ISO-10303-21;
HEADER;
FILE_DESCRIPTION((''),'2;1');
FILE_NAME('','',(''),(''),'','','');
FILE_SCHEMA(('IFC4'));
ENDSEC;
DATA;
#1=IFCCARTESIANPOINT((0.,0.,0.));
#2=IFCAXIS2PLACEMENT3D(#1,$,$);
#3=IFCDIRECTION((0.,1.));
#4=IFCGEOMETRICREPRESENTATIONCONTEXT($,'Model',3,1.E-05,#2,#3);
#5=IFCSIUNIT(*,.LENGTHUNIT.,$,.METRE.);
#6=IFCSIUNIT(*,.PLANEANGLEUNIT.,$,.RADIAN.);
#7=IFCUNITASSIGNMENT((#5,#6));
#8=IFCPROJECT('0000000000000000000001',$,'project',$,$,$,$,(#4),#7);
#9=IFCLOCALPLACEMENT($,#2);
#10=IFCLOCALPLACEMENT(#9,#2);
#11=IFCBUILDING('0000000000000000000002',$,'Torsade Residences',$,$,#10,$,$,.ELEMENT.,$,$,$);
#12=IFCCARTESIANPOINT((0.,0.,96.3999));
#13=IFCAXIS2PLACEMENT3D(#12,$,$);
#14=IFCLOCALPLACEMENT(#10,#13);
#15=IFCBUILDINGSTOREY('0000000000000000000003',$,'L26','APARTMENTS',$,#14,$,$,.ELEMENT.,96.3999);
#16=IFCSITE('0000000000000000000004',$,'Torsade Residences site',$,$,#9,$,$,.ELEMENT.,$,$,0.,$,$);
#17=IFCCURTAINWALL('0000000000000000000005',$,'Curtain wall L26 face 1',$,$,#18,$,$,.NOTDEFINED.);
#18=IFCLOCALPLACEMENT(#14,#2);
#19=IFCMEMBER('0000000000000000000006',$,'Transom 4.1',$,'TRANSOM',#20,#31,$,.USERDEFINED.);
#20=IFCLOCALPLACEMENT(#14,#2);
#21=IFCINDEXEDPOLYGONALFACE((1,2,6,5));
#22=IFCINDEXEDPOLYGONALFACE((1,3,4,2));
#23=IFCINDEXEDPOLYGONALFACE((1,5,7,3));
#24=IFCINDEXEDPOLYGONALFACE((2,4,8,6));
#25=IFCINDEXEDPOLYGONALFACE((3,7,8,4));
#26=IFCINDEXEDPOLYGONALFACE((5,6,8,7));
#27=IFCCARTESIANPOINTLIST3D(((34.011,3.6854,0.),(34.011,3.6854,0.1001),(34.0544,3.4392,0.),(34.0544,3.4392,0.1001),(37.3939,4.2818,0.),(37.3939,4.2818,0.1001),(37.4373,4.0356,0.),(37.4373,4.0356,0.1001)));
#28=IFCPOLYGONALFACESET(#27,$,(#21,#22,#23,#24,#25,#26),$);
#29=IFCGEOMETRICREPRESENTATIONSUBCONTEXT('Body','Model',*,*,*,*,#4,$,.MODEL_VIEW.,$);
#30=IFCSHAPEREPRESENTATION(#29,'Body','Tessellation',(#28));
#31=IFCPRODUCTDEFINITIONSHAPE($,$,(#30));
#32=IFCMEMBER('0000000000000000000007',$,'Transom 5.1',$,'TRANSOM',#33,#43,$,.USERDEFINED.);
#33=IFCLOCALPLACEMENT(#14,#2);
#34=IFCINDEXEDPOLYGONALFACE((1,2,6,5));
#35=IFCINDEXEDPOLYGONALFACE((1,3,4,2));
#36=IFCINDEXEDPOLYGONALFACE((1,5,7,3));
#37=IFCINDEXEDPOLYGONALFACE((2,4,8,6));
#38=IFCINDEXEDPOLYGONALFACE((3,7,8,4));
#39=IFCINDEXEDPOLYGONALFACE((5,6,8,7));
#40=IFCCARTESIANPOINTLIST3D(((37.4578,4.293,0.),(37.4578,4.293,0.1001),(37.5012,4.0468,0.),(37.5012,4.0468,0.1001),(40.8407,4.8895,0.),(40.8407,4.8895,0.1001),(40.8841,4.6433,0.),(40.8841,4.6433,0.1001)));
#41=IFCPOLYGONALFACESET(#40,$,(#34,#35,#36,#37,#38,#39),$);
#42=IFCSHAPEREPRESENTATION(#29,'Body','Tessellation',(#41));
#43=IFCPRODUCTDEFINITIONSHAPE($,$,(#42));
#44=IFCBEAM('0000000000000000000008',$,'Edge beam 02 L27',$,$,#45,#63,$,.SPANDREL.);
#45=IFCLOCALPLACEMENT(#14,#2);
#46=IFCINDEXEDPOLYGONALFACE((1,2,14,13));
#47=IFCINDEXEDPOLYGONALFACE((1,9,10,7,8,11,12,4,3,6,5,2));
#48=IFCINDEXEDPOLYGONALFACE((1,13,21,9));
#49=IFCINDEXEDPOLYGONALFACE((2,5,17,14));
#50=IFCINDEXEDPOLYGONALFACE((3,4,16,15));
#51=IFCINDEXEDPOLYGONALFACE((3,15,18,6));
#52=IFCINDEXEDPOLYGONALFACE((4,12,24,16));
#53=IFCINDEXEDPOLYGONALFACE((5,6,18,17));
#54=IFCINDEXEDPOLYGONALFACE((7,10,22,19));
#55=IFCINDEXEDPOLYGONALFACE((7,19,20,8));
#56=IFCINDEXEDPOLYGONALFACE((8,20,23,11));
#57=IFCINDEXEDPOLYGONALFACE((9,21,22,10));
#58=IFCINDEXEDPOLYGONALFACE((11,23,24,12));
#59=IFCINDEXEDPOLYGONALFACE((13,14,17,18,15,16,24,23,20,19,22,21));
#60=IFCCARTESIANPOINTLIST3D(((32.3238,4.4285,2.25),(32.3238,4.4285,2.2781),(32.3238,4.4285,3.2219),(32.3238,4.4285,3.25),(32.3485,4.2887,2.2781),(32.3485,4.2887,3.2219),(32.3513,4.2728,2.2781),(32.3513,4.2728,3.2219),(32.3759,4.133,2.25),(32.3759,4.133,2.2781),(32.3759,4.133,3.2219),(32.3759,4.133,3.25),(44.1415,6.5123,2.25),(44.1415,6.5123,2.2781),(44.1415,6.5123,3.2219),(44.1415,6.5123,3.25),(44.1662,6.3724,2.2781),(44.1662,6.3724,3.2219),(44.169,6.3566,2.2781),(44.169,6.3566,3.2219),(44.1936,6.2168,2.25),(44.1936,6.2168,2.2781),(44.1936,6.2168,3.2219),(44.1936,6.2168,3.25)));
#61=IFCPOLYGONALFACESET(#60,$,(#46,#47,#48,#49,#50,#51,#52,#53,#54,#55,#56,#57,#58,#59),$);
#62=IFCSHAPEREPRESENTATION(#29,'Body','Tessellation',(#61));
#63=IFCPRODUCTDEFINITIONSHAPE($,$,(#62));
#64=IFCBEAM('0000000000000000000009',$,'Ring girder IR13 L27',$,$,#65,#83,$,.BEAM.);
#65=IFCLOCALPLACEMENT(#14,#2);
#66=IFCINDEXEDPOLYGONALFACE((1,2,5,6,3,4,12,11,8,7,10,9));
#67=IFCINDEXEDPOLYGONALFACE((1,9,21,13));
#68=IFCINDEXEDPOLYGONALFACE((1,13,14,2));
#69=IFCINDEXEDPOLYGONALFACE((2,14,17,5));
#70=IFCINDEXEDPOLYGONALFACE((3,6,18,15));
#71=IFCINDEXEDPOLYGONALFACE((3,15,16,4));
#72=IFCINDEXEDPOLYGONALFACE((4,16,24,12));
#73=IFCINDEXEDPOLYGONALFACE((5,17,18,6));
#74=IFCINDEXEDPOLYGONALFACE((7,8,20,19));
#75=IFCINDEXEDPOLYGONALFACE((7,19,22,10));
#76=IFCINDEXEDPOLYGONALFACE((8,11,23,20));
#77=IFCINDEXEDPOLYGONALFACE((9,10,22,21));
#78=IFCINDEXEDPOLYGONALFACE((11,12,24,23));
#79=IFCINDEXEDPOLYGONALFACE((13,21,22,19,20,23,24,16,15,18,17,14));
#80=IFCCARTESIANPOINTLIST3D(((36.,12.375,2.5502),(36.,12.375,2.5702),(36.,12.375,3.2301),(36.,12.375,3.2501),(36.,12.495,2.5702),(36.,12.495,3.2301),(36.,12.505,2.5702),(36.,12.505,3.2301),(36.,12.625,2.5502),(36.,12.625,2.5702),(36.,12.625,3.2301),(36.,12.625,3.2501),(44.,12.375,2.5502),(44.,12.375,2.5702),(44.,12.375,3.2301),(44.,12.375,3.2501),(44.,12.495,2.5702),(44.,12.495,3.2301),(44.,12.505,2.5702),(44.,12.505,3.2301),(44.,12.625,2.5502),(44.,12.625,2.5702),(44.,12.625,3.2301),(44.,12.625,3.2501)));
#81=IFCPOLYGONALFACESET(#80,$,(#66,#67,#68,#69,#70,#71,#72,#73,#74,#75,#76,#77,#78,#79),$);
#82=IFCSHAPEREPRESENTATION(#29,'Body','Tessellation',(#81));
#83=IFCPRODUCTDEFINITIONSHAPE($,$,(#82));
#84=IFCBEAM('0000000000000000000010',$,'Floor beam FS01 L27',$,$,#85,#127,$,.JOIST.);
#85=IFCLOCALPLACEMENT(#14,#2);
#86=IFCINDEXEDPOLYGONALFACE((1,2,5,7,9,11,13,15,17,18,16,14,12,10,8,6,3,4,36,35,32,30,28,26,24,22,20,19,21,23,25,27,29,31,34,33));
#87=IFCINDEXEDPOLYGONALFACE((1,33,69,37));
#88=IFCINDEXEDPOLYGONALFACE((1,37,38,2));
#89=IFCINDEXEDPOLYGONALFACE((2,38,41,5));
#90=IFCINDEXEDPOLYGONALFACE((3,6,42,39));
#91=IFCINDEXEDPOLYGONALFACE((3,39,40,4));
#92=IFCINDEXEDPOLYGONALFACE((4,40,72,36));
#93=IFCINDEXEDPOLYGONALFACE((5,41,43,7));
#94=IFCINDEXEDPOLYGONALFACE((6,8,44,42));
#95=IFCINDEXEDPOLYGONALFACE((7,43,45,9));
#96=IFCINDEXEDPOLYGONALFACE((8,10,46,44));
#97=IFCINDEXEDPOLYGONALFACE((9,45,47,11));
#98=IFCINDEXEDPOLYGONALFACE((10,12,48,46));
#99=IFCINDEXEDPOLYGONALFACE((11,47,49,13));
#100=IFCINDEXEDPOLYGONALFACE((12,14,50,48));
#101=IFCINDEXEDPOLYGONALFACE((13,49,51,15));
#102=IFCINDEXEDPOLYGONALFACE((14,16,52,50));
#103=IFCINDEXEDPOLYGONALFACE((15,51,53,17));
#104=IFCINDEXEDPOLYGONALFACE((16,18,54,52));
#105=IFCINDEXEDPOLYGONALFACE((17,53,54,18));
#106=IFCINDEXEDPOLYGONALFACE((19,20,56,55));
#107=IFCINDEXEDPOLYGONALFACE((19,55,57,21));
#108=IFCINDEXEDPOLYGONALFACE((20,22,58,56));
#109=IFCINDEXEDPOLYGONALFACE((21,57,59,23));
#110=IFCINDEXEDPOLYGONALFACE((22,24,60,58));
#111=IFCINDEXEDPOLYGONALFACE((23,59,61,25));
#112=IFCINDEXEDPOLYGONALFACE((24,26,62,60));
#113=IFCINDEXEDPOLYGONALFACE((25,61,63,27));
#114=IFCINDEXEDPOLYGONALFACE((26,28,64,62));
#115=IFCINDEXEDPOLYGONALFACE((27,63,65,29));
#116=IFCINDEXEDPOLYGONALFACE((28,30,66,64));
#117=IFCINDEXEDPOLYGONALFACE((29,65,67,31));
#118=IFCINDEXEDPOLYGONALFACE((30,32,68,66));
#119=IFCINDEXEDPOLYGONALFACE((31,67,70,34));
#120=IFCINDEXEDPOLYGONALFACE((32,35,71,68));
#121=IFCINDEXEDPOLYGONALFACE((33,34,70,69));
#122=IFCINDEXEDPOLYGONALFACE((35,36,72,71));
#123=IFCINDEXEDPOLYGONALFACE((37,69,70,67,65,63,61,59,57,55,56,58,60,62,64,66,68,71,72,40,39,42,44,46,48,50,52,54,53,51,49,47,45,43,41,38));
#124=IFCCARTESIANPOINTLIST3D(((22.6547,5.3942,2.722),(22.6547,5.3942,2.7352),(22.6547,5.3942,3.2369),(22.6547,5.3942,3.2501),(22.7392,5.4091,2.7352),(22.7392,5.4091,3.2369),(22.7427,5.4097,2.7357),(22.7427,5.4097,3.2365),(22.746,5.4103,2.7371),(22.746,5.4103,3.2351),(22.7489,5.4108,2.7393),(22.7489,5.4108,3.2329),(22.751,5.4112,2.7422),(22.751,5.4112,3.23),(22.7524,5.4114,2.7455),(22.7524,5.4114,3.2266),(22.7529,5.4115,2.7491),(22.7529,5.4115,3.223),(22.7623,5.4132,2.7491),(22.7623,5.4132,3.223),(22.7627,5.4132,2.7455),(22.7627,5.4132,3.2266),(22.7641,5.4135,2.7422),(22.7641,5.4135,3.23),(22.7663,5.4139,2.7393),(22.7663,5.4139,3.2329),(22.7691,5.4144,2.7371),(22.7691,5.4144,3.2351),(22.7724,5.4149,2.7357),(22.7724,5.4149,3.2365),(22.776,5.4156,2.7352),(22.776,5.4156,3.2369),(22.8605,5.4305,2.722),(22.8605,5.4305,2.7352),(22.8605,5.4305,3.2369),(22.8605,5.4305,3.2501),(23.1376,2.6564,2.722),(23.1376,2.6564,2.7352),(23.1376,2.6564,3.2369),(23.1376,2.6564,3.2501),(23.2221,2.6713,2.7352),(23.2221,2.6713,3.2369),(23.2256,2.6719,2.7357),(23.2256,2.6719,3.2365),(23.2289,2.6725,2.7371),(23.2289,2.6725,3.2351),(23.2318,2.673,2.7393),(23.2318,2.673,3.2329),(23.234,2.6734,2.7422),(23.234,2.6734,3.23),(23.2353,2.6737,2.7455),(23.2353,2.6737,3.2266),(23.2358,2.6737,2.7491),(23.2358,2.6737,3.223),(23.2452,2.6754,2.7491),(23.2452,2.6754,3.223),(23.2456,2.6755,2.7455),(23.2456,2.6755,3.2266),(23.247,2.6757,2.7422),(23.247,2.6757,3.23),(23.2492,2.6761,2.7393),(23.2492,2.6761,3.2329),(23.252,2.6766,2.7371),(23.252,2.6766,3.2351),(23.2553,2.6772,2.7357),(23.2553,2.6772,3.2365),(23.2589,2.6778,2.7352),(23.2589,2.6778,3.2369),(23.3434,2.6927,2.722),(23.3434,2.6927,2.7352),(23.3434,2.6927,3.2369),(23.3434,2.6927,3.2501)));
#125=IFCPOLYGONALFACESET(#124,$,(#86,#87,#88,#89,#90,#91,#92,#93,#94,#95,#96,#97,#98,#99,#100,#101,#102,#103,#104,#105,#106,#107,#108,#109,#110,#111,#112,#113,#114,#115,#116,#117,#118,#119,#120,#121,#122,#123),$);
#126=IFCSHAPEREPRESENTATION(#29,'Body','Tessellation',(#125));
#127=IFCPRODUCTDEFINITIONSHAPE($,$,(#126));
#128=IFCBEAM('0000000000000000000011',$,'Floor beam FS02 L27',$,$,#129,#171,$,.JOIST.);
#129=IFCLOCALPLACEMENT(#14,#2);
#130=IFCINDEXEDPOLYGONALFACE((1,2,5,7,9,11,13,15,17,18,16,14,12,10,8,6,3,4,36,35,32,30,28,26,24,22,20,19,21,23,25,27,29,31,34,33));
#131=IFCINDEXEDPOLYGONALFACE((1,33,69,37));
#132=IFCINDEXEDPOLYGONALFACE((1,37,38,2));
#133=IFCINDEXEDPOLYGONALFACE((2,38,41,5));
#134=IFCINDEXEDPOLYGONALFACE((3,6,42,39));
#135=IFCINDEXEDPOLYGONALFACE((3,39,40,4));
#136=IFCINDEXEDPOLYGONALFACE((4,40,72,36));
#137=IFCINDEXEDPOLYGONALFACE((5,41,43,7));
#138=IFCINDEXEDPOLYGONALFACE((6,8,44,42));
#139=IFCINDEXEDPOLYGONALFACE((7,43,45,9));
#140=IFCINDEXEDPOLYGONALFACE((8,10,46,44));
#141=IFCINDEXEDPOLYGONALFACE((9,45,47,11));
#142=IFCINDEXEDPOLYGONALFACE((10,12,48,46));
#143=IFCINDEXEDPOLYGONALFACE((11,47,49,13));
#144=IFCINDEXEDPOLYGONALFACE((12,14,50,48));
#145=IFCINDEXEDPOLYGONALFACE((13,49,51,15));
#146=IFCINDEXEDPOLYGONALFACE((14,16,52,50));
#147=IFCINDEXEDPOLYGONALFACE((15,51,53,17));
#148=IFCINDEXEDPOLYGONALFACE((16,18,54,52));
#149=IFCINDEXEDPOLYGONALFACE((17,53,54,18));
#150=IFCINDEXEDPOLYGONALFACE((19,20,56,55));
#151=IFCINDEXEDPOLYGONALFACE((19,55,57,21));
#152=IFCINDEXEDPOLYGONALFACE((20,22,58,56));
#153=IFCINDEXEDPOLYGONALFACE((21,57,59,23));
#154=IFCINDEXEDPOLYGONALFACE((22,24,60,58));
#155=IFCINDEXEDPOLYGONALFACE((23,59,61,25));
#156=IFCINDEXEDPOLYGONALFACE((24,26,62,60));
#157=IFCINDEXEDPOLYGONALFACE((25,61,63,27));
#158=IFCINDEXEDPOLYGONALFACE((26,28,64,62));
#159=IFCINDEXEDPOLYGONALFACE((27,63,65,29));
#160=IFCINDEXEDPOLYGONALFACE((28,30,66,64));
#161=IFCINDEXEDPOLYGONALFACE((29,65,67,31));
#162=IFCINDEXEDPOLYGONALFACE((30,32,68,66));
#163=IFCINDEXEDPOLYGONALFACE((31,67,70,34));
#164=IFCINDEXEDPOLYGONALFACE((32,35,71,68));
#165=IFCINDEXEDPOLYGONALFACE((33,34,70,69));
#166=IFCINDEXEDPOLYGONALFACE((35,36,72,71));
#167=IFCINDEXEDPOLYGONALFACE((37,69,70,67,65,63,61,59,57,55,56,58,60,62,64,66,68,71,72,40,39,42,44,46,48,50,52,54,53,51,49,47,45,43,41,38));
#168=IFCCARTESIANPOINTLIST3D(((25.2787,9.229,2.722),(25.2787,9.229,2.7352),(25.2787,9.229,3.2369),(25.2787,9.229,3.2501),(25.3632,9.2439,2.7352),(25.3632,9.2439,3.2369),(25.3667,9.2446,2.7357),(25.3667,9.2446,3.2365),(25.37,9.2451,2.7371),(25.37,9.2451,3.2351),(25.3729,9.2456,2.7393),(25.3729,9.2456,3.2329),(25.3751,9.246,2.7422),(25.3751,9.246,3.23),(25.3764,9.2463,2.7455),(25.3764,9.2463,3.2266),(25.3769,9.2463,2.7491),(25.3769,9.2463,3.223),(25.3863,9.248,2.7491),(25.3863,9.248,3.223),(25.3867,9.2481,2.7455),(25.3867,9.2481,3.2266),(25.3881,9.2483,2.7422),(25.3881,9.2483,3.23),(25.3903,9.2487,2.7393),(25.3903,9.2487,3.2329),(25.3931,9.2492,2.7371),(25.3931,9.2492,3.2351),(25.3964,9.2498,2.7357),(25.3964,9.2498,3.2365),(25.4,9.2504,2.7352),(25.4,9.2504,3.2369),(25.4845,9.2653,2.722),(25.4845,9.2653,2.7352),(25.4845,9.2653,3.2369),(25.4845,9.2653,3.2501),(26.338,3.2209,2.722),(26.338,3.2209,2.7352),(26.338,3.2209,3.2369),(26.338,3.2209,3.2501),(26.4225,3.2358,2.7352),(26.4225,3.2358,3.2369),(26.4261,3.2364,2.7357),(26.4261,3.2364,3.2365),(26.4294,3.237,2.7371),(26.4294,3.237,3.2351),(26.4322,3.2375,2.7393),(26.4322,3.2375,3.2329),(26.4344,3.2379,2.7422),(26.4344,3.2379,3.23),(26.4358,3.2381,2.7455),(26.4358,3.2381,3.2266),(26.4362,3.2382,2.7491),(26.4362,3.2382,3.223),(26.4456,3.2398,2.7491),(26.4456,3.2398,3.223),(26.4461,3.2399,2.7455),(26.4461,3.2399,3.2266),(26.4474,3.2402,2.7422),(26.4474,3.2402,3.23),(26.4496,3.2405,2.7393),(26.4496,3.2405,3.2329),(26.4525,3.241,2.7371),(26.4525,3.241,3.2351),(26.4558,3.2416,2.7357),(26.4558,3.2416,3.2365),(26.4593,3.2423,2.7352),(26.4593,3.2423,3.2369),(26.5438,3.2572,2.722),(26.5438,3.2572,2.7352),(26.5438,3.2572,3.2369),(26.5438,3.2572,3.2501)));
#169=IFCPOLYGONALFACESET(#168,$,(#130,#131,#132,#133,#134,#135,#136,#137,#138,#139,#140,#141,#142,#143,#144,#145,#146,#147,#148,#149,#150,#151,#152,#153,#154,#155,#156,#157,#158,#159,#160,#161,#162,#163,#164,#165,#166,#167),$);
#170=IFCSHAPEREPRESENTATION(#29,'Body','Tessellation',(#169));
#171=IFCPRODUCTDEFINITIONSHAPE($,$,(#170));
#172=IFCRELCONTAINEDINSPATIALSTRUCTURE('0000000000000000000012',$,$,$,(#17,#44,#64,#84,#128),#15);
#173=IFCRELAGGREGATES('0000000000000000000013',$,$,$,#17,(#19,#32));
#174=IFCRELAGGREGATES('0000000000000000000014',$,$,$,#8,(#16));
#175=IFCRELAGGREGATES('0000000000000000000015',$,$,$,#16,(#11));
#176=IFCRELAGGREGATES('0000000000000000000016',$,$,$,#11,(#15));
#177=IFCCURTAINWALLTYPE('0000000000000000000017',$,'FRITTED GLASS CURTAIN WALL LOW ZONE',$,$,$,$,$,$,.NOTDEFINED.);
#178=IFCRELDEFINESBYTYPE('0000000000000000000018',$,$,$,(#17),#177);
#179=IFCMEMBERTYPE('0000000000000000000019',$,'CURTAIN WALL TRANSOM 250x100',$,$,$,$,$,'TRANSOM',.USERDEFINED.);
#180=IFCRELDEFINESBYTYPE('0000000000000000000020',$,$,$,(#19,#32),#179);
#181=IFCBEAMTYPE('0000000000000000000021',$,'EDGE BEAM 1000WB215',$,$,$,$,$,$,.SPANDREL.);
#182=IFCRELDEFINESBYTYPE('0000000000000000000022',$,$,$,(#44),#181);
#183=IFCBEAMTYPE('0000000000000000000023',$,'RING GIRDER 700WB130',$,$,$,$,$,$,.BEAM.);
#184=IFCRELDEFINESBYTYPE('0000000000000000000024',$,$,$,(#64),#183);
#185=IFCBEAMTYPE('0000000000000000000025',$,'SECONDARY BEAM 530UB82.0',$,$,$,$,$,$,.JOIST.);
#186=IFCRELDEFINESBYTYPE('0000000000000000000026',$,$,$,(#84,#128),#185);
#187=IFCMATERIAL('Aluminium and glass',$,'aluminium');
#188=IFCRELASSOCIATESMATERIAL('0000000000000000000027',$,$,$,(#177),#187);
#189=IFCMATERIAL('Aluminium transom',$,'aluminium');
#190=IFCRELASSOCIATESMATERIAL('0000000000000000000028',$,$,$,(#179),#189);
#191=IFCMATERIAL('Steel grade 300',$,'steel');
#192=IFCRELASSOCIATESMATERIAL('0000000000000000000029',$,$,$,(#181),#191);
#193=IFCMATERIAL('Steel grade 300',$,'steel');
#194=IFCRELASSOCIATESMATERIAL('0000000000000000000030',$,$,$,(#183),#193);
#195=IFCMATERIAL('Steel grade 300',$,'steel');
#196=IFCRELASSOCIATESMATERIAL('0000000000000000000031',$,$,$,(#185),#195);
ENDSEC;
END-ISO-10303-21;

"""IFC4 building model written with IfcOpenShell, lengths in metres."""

from ifc_helpers import new_model, si_unit, direction, frame, origin, origin_2d, place, context, subcontext, project, spatial, rectangle, i_section, extrude, material, material_profile, profile_set, type_object, element, aggregate, save


model = new_model("IFC4")

# Units and contexts
model_context = context("Model", 3, precision=1e-05, world=origin(), true_north=direction((0.0, 1.0)))
body_context = subcontext(model_context, "Body", "Model", "MODEL_VIEW")
ifc_project = project(units=[si_unit("LENGTHUNIT", "METRE"), si_unit("PLANEANGLEUNIT", "RADIAN")], contexts=[model_context])

# Site, building, storey
site_placement = place(None, origin())
site = spatial("IfcSite", under=ifc_project, at=site_placement, Name="Torsade Residences site", CompositionType="ELEMENT", RefElevation=0.0)
building_placement = place(site_placement, origin())
building = spatial("IfcBuilding", under=site, at=building_placement, Name="Torsade Residences", CompositionType="ELEMENT")
storey_placement = place(building_placement, frame((0.0, 0.0, 96.3999)))
storey = spatial("IfcBuildingStorey", under=building, at=storey_placement, Name="L26", Description="APARTMENTS", CompositionType="ELEMENT", Elevation=96.3999)

# Curtain wall, members
ifc_material_1 = material(Name="Aluminium and glass", Category="aluminium")
curtain_wall_type = type_object("IfcCurtainWallType", Name="FRITTED GLASS CURTAIN WALL LOW ZONE", PredefinedType="NOTDEFINED", material=ifc_material_1)
curtain_wall_placement = place(storey_placement, origin())
curtain_wall = element("IfcCurtainWall", 1, at=curtain_wall_placement, inside=storey, type_object=curtain_wall_type, Name="Curtain wall L26 face 1", PredefinedType="NOTDEFINED")
ifc_material_2 = material(Name="Aluminium transom", Category="aluminium")
ifc_material_profile_1 = material_profile(ifc_material_2, rectangle(XDim=0.25, YDim=0.1001, at=origin_2d()), Name="CURTAIN WALL TRANSOM 250x100")
ifc_profile_set_1 = profile_set([ifc_material_profile_1], Name="Aluminium transom")
member_type_1 = type_object("IfcMemberType", Name="CURTAIN WALL TRANSOM 250x100", ElementType="TRANSOM", PredefinedType="USERDEFINED", material=ifc_profile_set_1)
member_1_placement = place(storey_placement, frame((34.0327, 3.5623, 0.05), z_axis=(0.98481, 0.173635, 0.0), x_axis=(-0.173635, 0.98481, 0.0)))
member_1 = element("IfcMember", 2, at=member_1_placement, type_object=member_type_1, Name="Transom 4.1", ObjectType="TRANSOM", PredefinedType="USERDEFINED", context=body_context, shape_type="SweptSolid", body=[
    extrude(rectangle(XDim=0.25, YDim=0.1001, at=origin_2d()), origin(), (0.0, 0.0, 1.0), 3.4351),
])
member_2_placement = place(storey_placement, frame((37.4795, 4.1699, 0.05), z_axis=(0.98481, 0.173635, 0.0), x_axis=(-0.173635, 0.98481, 0.0)))
member_2 = element("IfcMember", 3, at=member_2_placement, type_object=member_type_1, Name="Transom 5.1", ObjectType="TRANSOM", PredefinedType="USERDEFINED", context=body_context, shape_type="SweptSolid", body=[
    extrude(rectangle(XDim=0.25, YDim=0.1001, at=origin_2d()), origin(), (0.0, 0.0, 1.0), 3.4351),
])

# Beams
ifc_material_3 = material(Name="Steel grade 300", Category="steel")
ifc_material_profile_2 = material_profile(ifc_material_3, i_section(OverallWidth=0.3, OverallDepth=1.0, WebThickness=0.0161, FlangeThickness=0.0281, at=origin_2d()), Name="1000WB215")
ifc_profile_set_2 = profile_set([ifc_material_profile_2], Name="Steel grade 300")
beam_type_1 = type_object("IfcBeamType", Name="EDGE BEAM 1000WB215", PredefinedType="SPANDREL", material=ifc_profile_set_2)
beam_1_placement = place(storey_placement, frame((32.3499, 4.2808, 2.75), z_axis=(0.984808, 0.173646, 0.0), x_axis=(-0.173646, 0.984808, 0.0)))
element("IfcBeam", 4, at=beam_1_placement, inside=storey, type_object=beam_type_1, Name="Edge beam 02 L27", PredefinedType="SPANDREL", context=body_context, shape_type="SweptSolid", body=[
    extrude(i_section(OverallWidth=0.3, OverallDepth=1.0, WebThickness=0.0161, FlangeThickness=0.0281, at=origin_2d()), origin(), (0.0, 0.0, 1.0), 12.0),
])
ifc_material_4 = material(Name="Steel grade 300", Category="steel")
ifc_material_profile_3 = material_profile(ifc_material_4, i_section(OverallWidth=0.25, OverallDepth=0.7, WebThickness=0.01, FlangeThickness=0.02, at=origin_2d()), Name="700WB130")
ifc_profile_set_3 = profile_set([ifc_material_profile_3], Name="Steel grade 300")
beam_type_2 = type_object("IfcBeamType", Name="RING GIRDER 700WB130", PredefinedType="BEAM", material=ifc_profile_set_3)
beam_2_placement = place(storey_placement, frame((36.0, 12.5, 2.9001), z_axis=(1.0, 0.0, 0.0), x_axis=(0.0, 1.0, 0.0)))
element("IfcBeam", 5, at=beam_2_placement, inside=storey, type_object=beam_type_2, Name="Ring girder IR13 L27", PredefinedType="BEAM", context=body_context, shape_type="SweptSolid", body=[
    extrude(i_section(OverallWidth=0.25, OverallDepth=0.7, WebThickness=0.01, FlangeThickness=0.02, at=origin_2d()), origin(), (0.0, 0.0, 1.0), 8.0),
])
ifc_material_5 = material(Name="Steel grade 300", Category="steel")
ifc_material_profile_4 = material_profile(ifc_material_5, i_section(OverallWidth=0.209, OverallDepth=0.5281, WebThickness=0.0095, FlangeThickness=0.0132, FilletRadius=0.0139, at=origin_2d()), Name="530UB82.0")
ifc_profile_set_4 = profile_set([ifc_material_profile_4], Name="Steel grade 300")
beam_type_3 = type_object("IfcBeamType", Name="SECONDARY BEAM 530UB82.0", PredefinedType="JOIST", material=ifc_profile_set_4)
beam_3_placement = place(storey_placement, frame((23.2405, 2.6746, 2.9861), z_axis=(-0.173705, 0.984798, 0.0), x_axis=(-0.984798, -0.173705, 0.0)))
element("IfcBeam", 6, at=beam_3_placement, inside=storey, type_object=beam_type_3, Name="Floor beam FS01 L27", PredefinedType="JOIST", context=body_context, shape_type="SweptSolid", body=[
    extrude(i_section(OverallWidth=0.209, OverallDepth=0.5281, WebThickness=0.0095, FlangeThickness=0.0132, FilletRadius=0.0139, at=origin_2d()), origin(), (0.0, 0.0, 1.0), 2.78),
])
beam_4_placement = place(storey_placement, frame((26.4409, 3.239, 2.9861), z_axis=(-0.173639, 0.984809, 0.0), x_axis=(-0.984809, -0.173639, 0.0)))
element("IfcBeam", 7, at=beam_4_placement, inside=storey, type_object=beam_type_3, Name="Floor beam FS02 L27", PredefinedType="JOIST", context=body_context, shape_type="SweptSolid", body=[
    extrude(i_section(OverallWidth=0.209, OverallDepth=0.5281, WebThickness=0.0095, FlangeThickness=0.0132, FilletRadius=0.0139, at=origin_2d()), origin(), (0.0, 0.0, 1.0), 6.1008),
])

aggregate(curtain_wall, [member_1, member_2])

save(model, "model.ifc")
